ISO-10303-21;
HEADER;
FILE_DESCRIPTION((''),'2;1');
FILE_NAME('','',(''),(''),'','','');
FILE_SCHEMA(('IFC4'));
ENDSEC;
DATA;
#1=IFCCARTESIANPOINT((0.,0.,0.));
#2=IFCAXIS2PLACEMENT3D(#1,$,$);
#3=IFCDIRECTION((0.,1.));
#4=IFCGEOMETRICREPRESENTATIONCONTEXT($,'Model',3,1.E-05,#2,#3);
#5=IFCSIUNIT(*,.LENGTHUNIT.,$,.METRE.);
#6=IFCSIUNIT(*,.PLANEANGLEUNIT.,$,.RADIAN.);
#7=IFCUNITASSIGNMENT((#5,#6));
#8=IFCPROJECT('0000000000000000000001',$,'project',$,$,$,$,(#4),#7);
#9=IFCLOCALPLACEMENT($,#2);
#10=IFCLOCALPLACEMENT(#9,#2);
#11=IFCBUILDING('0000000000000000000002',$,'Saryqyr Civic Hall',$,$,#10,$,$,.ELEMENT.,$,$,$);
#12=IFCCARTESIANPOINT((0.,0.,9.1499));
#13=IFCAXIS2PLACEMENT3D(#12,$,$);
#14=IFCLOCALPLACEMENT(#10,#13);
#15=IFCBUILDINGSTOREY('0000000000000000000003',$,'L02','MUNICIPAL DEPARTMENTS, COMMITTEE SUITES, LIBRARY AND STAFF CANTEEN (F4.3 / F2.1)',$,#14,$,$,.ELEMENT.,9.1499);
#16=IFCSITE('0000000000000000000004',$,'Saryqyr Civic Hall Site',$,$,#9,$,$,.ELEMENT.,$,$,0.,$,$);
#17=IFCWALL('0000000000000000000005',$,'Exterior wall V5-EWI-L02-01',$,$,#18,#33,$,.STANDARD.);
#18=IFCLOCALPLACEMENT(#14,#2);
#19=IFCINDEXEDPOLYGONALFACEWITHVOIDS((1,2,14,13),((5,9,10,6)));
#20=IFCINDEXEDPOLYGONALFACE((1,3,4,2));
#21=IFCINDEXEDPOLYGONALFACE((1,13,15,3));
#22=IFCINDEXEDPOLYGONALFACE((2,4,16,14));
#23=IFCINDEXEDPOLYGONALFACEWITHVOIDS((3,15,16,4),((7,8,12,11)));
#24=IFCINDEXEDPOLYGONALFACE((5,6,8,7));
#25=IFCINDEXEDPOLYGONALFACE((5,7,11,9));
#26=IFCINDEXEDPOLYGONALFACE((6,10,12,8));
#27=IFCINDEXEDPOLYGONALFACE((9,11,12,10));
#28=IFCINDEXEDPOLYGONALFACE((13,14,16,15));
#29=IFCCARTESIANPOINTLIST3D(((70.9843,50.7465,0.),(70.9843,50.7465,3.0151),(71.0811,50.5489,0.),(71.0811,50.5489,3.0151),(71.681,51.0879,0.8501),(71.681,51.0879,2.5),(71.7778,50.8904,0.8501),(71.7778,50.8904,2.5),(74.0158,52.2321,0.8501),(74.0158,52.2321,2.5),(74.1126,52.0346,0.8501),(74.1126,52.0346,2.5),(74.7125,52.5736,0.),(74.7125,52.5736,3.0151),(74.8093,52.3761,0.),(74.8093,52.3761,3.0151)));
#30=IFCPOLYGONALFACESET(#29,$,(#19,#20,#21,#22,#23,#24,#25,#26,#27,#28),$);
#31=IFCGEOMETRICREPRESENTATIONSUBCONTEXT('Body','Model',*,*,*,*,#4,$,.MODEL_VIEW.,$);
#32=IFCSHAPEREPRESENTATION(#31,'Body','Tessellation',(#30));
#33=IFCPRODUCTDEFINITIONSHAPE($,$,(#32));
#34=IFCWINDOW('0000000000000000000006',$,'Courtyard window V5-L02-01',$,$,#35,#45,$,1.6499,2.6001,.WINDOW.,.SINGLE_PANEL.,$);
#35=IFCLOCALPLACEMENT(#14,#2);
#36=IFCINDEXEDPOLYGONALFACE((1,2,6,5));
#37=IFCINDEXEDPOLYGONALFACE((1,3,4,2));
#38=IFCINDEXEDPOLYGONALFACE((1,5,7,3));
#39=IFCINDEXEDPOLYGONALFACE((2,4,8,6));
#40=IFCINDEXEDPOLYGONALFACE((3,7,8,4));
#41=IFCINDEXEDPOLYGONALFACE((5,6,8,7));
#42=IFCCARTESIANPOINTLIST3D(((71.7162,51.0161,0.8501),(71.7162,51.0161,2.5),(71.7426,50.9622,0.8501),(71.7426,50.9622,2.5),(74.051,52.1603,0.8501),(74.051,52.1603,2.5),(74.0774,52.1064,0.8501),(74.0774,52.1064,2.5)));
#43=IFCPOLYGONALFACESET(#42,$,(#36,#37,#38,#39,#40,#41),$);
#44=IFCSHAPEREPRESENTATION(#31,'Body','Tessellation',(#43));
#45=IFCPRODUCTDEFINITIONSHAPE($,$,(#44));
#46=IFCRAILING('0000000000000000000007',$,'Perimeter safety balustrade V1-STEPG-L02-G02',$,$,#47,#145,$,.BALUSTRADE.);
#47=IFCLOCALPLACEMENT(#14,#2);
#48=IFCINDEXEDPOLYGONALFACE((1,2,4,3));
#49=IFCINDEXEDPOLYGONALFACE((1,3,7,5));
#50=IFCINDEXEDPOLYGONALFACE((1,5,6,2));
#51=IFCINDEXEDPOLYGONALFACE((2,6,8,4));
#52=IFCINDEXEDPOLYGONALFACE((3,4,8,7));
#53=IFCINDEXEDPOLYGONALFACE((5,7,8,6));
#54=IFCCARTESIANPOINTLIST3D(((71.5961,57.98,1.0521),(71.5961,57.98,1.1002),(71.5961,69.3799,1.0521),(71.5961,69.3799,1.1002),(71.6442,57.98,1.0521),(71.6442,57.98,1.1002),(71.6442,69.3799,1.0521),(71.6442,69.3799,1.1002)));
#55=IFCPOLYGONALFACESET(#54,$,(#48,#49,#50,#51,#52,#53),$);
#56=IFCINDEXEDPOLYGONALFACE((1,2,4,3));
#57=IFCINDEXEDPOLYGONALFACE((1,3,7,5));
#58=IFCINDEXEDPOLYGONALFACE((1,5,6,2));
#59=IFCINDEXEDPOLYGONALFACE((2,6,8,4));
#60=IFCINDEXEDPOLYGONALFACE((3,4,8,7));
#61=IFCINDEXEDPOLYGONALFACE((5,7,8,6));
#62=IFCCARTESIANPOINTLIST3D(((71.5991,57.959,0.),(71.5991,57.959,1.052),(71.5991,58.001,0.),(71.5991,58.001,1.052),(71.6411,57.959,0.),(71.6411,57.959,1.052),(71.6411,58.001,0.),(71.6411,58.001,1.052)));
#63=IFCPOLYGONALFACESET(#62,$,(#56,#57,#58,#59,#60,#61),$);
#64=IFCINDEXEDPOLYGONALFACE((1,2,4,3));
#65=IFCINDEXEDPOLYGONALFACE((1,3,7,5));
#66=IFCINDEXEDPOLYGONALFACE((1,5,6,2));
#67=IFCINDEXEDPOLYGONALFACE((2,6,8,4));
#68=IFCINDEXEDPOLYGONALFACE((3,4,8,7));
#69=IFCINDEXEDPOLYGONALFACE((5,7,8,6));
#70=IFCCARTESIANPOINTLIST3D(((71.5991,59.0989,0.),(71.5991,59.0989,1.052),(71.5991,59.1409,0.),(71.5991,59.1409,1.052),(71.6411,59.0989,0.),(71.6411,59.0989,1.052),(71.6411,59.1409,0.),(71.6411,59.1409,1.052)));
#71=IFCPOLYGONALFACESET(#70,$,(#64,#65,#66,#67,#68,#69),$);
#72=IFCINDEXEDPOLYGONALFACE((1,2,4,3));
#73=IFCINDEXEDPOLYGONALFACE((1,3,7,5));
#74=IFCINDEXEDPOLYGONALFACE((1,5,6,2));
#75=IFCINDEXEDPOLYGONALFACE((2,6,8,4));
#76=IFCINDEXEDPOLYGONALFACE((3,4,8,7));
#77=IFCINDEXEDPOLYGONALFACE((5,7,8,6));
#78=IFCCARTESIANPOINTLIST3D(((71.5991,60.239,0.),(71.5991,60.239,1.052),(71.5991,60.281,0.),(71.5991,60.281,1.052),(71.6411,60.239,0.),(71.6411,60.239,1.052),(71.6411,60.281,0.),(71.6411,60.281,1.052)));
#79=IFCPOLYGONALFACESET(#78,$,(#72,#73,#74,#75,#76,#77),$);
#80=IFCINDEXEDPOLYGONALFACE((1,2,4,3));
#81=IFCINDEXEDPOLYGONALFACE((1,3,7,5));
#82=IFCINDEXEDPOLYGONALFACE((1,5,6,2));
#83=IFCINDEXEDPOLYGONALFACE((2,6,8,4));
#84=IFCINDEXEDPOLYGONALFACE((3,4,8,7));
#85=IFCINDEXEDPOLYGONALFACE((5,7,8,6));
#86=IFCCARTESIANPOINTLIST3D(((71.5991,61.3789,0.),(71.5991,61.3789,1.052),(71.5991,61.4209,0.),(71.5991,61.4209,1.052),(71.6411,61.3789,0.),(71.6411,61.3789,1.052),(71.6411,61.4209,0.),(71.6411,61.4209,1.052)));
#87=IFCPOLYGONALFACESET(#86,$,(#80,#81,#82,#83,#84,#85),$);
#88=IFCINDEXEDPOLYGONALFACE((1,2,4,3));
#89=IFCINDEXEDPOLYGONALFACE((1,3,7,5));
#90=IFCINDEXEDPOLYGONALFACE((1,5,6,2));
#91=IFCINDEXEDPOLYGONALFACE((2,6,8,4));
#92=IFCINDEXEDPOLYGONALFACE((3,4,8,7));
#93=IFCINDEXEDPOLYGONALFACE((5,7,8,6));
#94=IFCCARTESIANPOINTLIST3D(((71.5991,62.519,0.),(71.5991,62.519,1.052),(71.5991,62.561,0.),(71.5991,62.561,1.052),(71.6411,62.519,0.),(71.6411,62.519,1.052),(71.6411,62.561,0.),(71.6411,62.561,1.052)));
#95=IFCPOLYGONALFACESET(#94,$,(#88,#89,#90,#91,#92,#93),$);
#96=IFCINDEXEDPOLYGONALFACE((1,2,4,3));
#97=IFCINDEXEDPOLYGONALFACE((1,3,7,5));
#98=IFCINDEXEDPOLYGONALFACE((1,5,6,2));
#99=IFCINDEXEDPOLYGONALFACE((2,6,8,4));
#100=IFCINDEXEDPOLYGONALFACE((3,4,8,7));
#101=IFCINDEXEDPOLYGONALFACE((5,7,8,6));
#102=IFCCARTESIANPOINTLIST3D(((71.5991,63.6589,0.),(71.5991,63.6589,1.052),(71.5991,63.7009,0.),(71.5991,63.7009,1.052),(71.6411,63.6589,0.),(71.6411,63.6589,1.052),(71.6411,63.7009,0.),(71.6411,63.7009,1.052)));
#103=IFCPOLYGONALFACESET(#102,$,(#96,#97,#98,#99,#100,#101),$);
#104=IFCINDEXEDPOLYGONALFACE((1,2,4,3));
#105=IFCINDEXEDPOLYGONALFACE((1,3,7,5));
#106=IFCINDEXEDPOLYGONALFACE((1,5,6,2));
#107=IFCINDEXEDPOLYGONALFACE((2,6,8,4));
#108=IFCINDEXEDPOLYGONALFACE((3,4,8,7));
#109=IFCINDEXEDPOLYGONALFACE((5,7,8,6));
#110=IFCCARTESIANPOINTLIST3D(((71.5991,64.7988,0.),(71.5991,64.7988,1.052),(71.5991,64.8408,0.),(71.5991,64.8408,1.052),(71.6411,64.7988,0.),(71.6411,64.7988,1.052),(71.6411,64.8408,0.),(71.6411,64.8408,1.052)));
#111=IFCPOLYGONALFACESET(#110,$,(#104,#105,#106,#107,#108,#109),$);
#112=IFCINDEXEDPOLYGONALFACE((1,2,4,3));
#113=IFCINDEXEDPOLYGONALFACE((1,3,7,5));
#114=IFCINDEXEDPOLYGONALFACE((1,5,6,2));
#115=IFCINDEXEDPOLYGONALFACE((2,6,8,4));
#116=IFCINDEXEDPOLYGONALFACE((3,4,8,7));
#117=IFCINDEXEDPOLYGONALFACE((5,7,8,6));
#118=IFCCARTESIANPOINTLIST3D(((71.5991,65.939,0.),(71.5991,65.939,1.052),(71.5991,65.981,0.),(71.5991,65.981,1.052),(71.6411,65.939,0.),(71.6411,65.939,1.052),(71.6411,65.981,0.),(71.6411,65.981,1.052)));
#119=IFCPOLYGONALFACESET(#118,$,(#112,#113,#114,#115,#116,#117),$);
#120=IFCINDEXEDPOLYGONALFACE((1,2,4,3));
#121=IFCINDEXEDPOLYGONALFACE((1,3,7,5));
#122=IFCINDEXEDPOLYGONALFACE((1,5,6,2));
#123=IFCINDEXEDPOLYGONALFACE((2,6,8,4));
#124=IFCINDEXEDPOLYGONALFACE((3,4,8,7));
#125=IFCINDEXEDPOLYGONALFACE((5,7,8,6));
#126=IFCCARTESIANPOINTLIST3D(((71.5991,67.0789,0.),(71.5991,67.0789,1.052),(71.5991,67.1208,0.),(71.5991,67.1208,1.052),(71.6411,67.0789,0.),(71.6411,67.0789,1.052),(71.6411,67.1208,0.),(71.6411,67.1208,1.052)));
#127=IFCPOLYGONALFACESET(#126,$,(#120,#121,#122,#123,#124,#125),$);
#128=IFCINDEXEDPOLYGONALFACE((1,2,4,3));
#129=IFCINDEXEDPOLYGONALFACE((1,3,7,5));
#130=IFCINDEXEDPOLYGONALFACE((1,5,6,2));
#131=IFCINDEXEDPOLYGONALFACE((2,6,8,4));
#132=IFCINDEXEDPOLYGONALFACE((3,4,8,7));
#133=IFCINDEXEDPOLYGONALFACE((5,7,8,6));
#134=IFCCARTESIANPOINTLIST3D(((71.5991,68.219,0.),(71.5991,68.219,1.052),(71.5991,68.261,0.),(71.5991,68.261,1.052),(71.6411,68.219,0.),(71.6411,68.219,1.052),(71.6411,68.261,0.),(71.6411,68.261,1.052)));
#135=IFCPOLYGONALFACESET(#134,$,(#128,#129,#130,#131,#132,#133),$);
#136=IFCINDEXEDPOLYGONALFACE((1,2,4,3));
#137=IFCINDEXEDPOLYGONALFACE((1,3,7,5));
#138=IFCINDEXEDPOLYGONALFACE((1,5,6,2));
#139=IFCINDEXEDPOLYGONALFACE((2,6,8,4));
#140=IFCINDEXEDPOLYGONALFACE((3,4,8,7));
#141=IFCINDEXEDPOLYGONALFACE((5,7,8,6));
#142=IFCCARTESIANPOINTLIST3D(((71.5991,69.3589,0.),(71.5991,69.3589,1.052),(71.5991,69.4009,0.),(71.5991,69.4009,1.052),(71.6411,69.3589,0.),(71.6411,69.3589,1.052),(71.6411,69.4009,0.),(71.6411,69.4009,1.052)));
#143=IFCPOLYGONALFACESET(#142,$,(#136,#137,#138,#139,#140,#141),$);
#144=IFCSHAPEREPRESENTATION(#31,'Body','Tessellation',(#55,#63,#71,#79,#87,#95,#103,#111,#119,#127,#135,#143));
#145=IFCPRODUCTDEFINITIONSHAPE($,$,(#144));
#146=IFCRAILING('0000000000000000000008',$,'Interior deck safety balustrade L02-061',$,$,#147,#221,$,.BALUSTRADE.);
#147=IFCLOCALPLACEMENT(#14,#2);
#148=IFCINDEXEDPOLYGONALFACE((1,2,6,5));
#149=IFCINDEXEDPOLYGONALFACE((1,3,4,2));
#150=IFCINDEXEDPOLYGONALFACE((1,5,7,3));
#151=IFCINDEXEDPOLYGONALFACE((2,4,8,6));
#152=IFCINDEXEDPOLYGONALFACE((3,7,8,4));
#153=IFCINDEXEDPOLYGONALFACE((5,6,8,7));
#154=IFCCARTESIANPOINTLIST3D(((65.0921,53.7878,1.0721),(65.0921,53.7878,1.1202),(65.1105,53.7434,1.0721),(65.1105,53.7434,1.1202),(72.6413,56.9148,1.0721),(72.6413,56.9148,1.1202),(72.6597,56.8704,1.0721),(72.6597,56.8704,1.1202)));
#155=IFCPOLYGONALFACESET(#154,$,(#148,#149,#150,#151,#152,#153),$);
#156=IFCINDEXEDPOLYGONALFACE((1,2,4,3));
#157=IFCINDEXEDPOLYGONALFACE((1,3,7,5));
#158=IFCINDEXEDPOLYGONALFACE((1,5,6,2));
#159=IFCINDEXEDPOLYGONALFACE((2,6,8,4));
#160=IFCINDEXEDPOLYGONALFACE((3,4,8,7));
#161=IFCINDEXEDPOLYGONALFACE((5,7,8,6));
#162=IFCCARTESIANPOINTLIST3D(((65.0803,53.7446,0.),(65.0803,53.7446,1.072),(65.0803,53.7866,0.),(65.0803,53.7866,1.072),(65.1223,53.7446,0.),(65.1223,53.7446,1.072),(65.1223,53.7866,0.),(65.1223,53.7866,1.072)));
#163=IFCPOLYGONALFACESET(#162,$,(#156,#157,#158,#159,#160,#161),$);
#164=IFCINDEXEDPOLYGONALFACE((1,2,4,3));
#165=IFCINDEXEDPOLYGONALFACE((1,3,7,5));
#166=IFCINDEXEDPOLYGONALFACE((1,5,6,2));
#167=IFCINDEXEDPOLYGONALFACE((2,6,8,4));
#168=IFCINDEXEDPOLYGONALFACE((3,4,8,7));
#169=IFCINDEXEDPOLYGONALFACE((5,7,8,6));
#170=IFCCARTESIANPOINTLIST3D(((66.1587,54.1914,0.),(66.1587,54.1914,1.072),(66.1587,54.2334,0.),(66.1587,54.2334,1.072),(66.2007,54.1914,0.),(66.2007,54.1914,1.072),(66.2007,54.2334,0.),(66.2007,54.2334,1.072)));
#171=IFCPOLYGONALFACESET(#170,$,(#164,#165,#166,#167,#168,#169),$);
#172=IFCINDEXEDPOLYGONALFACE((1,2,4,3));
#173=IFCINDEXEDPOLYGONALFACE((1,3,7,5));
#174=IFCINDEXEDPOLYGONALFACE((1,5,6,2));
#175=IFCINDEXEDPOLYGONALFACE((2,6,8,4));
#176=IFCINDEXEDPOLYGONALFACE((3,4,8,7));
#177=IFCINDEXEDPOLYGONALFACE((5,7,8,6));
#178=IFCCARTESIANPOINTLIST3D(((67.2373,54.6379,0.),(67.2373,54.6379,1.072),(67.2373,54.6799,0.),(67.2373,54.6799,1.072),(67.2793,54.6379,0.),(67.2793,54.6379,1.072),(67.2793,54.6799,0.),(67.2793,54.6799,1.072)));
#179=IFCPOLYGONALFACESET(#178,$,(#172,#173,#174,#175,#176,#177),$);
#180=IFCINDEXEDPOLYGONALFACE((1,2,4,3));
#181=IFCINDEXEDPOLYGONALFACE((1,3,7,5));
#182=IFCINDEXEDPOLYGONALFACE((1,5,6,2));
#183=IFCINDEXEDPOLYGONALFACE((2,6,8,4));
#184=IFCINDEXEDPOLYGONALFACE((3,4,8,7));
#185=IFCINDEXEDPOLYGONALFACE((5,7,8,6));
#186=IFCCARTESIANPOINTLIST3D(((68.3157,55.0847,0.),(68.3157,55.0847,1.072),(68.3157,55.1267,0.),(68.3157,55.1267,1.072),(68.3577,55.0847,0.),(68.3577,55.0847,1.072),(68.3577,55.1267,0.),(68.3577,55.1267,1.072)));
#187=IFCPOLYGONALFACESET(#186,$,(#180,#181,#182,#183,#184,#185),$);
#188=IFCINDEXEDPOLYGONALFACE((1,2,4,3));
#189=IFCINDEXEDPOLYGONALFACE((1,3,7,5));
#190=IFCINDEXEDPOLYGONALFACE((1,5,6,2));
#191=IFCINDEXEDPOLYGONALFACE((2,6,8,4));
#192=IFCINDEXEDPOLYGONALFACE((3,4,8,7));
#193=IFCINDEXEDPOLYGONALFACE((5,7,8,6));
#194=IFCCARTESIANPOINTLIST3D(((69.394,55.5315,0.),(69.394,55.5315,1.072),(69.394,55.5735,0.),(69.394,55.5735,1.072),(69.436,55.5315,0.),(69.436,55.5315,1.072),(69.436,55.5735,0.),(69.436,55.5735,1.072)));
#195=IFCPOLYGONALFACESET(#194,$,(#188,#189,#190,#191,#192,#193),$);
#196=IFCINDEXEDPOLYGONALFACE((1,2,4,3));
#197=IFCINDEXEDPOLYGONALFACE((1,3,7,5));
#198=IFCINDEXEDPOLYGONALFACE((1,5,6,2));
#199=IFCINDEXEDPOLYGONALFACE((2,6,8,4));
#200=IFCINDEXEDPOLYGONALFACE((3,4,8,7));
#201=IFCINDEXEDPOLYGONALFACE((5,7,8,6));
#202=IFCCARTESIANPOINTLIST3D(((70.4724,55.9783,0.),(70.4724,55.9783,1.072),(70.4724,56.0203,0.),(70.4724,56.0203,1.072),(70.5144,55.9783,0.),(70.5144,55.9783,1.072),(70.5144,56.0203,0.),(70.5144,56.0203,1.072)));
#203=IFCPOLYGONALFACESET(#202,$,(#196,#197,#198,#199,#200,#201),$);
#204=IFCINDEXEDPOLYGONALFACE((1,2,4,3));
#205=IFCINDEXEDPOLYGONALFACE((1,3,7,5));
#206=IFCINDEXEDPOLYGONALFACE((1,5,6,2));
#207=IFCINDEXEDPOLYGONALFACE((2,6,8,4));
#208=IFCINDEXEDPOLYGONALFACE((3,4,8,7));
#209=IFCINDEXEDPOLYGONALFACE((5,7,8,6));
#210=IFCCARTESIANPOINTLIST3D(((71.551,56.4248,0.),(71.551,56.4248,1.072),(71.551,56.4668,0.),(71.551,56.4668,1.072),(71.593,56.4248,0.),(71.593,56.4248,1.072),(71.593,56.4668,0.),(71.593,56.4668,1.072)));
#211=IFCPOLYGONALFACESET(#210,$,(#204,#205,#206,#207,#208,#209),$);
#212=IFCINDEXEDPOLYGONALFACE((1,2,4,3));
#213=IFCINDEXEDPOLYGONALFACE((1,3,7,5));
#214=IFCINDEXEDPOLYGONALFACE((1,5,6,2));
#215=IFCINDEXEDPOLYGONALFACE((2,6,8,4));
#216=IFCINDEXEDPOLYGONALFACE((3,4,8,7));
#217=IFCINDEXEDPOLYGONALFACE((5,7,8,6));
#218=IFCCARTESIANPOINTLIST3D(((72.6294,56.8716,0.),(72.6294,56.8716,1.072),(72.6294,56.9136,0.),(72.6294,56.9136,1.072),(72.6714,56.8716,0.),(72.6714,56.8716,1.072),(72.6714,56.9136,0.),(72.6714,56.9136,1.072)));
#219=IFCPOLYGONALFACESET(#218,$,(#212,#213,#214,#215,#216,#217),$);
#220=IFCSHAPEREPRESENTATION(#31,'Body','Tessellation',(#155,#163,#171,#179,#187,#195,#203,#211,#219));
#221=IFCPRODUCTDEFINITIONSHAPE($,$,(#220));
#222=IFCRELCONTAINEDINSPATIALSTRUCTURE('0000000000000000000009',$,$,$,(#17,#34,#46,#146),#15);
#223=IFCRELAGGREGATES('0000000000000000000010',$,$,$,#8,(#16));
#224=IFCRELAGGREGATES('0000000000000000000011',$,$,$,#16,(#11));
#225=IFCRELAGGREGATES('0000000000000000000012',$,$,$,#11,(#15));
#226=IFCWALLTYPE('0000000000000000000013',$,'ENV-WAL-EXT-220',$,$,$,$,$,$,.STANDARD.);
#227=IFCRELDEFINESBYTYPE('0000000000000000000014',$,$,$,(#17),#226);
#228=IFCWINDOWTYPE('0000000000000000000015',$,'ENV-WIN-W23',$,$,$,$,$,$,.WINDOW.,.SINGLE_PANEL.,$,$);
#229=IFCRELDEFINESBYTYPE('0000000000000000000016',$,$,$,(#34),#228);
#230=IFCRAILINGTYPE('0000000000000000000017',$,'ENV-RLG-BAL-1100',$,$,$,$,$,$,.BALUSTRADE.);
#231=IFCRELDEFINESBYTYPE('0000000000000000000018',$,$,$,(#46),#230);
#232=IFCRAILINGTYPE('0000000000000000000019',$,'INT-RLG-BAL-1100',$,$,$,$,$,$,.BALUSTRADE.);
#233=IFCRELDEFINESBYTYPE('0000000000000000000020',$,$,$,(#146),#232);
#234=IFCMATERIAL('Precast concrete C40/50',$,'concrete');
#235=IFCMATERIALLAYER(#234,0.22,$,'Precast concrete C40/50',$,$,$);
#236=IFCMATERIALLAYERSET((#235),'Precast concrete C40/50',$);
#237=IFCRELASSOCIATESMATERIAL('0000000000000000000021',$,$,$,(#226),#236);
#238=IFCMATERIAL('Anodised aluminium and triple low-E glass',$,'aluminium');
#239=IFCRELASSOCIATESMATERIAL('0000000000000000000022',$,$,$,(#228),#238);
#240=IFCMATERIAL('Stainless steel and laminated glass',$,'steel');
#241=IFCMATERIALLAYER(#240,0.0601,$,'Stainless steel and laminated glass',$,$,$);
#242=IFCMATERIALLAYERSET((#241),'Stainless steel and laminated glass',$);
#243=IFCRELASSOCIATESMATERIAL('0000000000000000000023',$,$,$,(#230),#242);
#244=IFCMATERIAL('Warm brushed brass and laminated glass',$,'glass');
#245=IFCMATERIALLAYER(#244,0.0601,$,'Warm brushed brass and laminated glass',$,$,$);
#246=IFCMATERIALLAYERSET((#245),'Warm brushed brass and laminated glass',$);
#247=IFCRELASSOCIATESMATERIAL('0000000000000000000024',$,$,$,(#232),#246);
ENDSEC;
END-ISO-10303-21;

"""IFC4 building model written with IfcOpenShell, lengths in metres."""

from ifc_helpers import new_model, si_unit, direction, frame, frame_2d, origin, origin_2d, place, context, subcontext, project, spatial, rectangle, extrude, material, layer, layer_set, type_object, element, fill, save


model = new_model("IFC4")

# Units and contexts
model_context = context("Model", 3, precision=1e-05, world=origin(), true_north=direction((0.0, 1.0)))
body_context = subcontext(model_context, "Body", "Model", "MODEL_VIEW")
ifc_project = project(units=[si_unit("LENGTHUNIT", "METRE"), si_unit("PLANEANGLEUNIT", "RADIAN")], contexts=[model_context])

# Site, building, storey
site_placement = place(None, origin())
site = spatial("IfcSite", under=ifc_project, at=site_placement, Name="Saryqyr Civic Hall Site", CompositionType="ELEMENT", RefElevation=0.0)
building_placement = place(site_placement, origin())
building = spatial("IfcBuilding", under=site, at=building_placement, Name="Saryqyr Civic Hall", CompositionType="ELEMENT")
storey_placement = place(building_placement, frame((0.0, 0.0, 9.1499)))
storey = spatial("IfcBuildingStorey", under=building, at=storey_placement, Name="L02", Description="MUNICIPAL DEPARTMENTS, COMMITTEE SUITES, LIBRARY AND STAFF CANTEEN (F4.3 / F2.1)", CompositionType="ELEMENT", Elevation=9.1499)

# Shared definitions
ifc_material_1 = material(Name="Anodised aluminium and triple low-E glass", Category="aluminium")

# Wall, opening, window
ifc_material_2 = material(Name="Precast concrete C40/50", Category="concrete")
ifc_layer_1 = layer(ifc_material_2, 0.22, Name="Precast concrete C40/50")
ifc_layer_set_1 = layer_set([ifc_layer_1], Name="Precast concrete C40/50")
wall_type = type_object("IfcWallType", Name="ENV-WAL-EXT-220", PredefinedType="STANDARD", material=ifc_layer_set_1)
wall_placement = place(storey_placement, frame((71.0327, 50.6477, 0.0), z_axis=(0.0, 0.0, 1.0), x_axis=(0.897962, 0.440073, 0.0)))
wall = element("IfcWall", 1, at=wall_placement, inside=storey, type_object=wall_type, Name="Exterior wall V5-EWI-L02-01", PredefinedType="STANDARD", context=body_context, shape_type="SweptSolid", body=[
    extrude(rectangle(XDim=4.1519, YDim=0.22, at=frame_2d((2.0759, 0.0))), origin(), (0.0, 0.0, 1.0), 3.0151),
])
opening_placement = place(wall_placement, frame((0.7759, 0.0, 0.8501)))
opening = element("IfcOpeningElement", 2, at=opening_placement, cuts=wall, PredefinedType="OPENING", context=body_context, shape_type="SweptSolid", body=[
    extrude(rectangle(XDim=2.6001, YDim=1.6499, at=frame_2d((1.3, 0.825))), frame((0.0, 0.1199, 0.0), z_axis=(0.0, -1.0, 0.0), x_axis=(1.0, 0.0, 0.0)), (0.0, 0.0, 1.0), 0.24),
])
window_type = type_object("IfcWindowType", Name="ENV-WIN-W23", PartitioningType="SINGLE_PANEL", PredefinedType="WINDOW", material=ifc_material_1)
window_placement = place(opening_placement, origin())
window = element("IfcWindow", 3, at=window_placement, inside=storey, type_object=window_type, Name="Courtyard window V5-L02-01", OverallHeight=1.6499, OverallWidth=2.6001, PartitioningType="SINGLE_PANEL", PredefinedType="WINDOW", context=body_context, shape_type="SweptSolid", body=[
    extrude(rectangle(XDim=2.6001, YDim=1.6499, at=frame_2d((1.3, 0.825))), frame((0.0, 0.03, 0.0), z_axis=(0.0, -1.0, 0.0), x_axis=(1.0, 0.0, 0.0)), (0.0, 0.0, 1.0), 0.0601),
])
fill(opening, window)

# Railings
ifc_material_3 = material(Name="Stainless steel and laminated glass", Category="steel")
ifc_layer_2 = layer(ifc_material_3, 0.0601, Name="Stainless steel and laminated glass")
ifc_layer_set_2 = layer_set([ifc_layer_2], Name="Stainless steel and laminated glass")
railing_type_1 = type_object("IfcRailingType", Name="ENV-RLG-BAL-1100", PredefinedType="BALUSTRADE", material=ifc_layer_set_2)
railing_1_placement = place(storey_placement, frame((71.6201, 57.98, 0.0)))
element("IfcRailing", 4, at=railing_1_placement, inside=storey, type_object=railing_type_1, Name="Perimeter safety balustrade V1-STEPG-L02-G02", PredefinedType="BALUSTRADE", context=body_context, shape_type="SweptSolid", body=[
    extrude(rectangle(XDim=0.0481, YDim=0.0481, at=origin_2d()), frame((0.0, 0.0, 1.0762), z_axis=(0.0, 1.0, 0.0), x_axis=(-1.0, 0.0, 0.0)), (0.0, 0.0, 1.0), 11.3999),
    extrude(rectangle(XDim=0.042, YDim=0.042, at=origin_2d()), origin(), (0.0, 0.0, 1.0), 1.052),
    extrude(rectangle(XDim=0.042, YDim=0.042, at=origin_2d()), frame((0.0, 1.1399, 0.0)), (0.0, 0.0, 1.0), 1.052),
    extrude(rectangle(XDim=0.042, YDim=0.042, at=origin_2d()), frame((0.0, 2.28, 0.0)), (0.0, 0.0, 1.0), 1.052),
    extrude(rectangle(XDim=0.042, YDim=0.042, at=origin_2d()), frame((0.0, 3.4199, 0.0)), (0.0, 0.0, 1.0), 1.052),
    extrude(rectangle(XDim=0.042, YDim=0.042, at=origin_2d()), frame((0.0, 4.5601, 0.0)), (0.0, 0.0, 1.0), 1.052),
    extrude(rectangle(XDim=0.042, YDim=0.042, at=origin_2d()), frame((0.0, 5.7, 0.0)), (0.0, 0.0, 1.0), 1.052),
    extrude(rectangle(XDim=0.042, YDim=0.042, at=origin_2d()), frame((0.0, 6.8398, 0.0)), (0.0, 0.0, 1.0), 1.052),
    extrude(rectangle(XDim=0.042, YDim=0.042, at=origin_2d()), frame((0.0, 7.98, 0.0)), (0.0, 0.0, 1.0), 1.052),
    extrude(rectangle(XDim=0.042, YDim=0.042, at=origin_2d()), frame((0.0, 9.1199, 0.0)), (0.0, 0.0, 1.0), 1.052),
    extrude(rectangle(XDim=0.042, YDim=0.042, at=origin_2d()), frame((0.0, 10.26, 0.0)), (0.0, 0.0, 1.0), 1.052),
    extrude(rectangle(XDim=0.042, YDim=0.042, at=origin_2d()), frame((0.0, 11.3999, 0.0)), (0.0, 0.0, 1.0), 1.052),
])
ifc_material_4 = material(Name="Warm brushed brass and laminated glass", Category="glass")
ifc_layer_3 = layer(ifc_material_4, 0.0601, Name="Warm brushed brass and laminated glass")
ifc_layer_set_3 = layer_set([ifc_layer_3], Name="Warm brushed brass and laminated glass")
railing_type_2 = type_object("IfcRailingType", Name="INT-RLG-BAL-1100", PredefinedType="BALUSTRADE", material=ifc_layer_set_3)
railing_2_placement = place(storey_placement, frame((65.1013, 53.7656, 0.0)))
element("IfcRailing", 5, at=railing_2_placement, inside=storey, type_object=railing_type_2, Name="Interior deck safety balustrade L02-061", PredefinedType="BALUSTRADE", context=body_context, shape_type="SweptSolid", body=[
    extrude(rectangle(XDim=0.0481, YDim=0.0481, at=origin_2d()), frame((0.0, 0.0, 1.0962), z_axis=(0.923878, 0.382686, 0.0), x_axis=(-0.382686, 0.923878, 0.0)), (0.0, 0.0, 1.0), 8.1711),
    extrude(rectangle(XDim=0.042, YDim=0.042, at=origin_2d()), origin(), (0.0, 0.0, 1.0), 1.072),
    extrude(rectangle(XDim=0.042, YDim=0.042, at=origin_2d()), frame((1.0784, 0.4468, 0.0)), (0.0, 0.0, 1.0), 1.072),
    extrude(rectangle(XDim=0.042, YDim=0.042, at=origin_2d()), frame((2.157, 0.8933, 0.0)), (0.0, 0.0, 1.0), 1.072),
    extrude(rectangle(XDim=0.042, YDim=0.042, at=origin_2d()), frame((3.2354, 1.3401, 0.0)), (0.0, 0.0, 1.0), 1.072),
    extrude(rectangle(XDim=0.042, YDim=0.042, at=origin_2d()), frame((4.3137, 1.7869, 0.0)), (0.0, 0.0, 1.0), 1.072),
    extrude(rectangle(XDim=0.042, YDim=0.042, at=origin_2d()), frame((5.3921, 2.2336, 0.0)), (0.0, 0.0, 1.0), 1.072),
    extrude(rectangle(XDim=0.042, YDim=0.042, at=origin_2d()), frame((6.4707, 2.6802, 0.0)), (0.0, 0.0, 1.0), 1.072),
    extrude(rectangle(XDim=0.042, YDim=0.042, at=origin_2d()), frame((7.5491, 3.127, 0.0)), (0.0, 0.0, 1.0), 1.072),
])

save(model, "model.ifc")
